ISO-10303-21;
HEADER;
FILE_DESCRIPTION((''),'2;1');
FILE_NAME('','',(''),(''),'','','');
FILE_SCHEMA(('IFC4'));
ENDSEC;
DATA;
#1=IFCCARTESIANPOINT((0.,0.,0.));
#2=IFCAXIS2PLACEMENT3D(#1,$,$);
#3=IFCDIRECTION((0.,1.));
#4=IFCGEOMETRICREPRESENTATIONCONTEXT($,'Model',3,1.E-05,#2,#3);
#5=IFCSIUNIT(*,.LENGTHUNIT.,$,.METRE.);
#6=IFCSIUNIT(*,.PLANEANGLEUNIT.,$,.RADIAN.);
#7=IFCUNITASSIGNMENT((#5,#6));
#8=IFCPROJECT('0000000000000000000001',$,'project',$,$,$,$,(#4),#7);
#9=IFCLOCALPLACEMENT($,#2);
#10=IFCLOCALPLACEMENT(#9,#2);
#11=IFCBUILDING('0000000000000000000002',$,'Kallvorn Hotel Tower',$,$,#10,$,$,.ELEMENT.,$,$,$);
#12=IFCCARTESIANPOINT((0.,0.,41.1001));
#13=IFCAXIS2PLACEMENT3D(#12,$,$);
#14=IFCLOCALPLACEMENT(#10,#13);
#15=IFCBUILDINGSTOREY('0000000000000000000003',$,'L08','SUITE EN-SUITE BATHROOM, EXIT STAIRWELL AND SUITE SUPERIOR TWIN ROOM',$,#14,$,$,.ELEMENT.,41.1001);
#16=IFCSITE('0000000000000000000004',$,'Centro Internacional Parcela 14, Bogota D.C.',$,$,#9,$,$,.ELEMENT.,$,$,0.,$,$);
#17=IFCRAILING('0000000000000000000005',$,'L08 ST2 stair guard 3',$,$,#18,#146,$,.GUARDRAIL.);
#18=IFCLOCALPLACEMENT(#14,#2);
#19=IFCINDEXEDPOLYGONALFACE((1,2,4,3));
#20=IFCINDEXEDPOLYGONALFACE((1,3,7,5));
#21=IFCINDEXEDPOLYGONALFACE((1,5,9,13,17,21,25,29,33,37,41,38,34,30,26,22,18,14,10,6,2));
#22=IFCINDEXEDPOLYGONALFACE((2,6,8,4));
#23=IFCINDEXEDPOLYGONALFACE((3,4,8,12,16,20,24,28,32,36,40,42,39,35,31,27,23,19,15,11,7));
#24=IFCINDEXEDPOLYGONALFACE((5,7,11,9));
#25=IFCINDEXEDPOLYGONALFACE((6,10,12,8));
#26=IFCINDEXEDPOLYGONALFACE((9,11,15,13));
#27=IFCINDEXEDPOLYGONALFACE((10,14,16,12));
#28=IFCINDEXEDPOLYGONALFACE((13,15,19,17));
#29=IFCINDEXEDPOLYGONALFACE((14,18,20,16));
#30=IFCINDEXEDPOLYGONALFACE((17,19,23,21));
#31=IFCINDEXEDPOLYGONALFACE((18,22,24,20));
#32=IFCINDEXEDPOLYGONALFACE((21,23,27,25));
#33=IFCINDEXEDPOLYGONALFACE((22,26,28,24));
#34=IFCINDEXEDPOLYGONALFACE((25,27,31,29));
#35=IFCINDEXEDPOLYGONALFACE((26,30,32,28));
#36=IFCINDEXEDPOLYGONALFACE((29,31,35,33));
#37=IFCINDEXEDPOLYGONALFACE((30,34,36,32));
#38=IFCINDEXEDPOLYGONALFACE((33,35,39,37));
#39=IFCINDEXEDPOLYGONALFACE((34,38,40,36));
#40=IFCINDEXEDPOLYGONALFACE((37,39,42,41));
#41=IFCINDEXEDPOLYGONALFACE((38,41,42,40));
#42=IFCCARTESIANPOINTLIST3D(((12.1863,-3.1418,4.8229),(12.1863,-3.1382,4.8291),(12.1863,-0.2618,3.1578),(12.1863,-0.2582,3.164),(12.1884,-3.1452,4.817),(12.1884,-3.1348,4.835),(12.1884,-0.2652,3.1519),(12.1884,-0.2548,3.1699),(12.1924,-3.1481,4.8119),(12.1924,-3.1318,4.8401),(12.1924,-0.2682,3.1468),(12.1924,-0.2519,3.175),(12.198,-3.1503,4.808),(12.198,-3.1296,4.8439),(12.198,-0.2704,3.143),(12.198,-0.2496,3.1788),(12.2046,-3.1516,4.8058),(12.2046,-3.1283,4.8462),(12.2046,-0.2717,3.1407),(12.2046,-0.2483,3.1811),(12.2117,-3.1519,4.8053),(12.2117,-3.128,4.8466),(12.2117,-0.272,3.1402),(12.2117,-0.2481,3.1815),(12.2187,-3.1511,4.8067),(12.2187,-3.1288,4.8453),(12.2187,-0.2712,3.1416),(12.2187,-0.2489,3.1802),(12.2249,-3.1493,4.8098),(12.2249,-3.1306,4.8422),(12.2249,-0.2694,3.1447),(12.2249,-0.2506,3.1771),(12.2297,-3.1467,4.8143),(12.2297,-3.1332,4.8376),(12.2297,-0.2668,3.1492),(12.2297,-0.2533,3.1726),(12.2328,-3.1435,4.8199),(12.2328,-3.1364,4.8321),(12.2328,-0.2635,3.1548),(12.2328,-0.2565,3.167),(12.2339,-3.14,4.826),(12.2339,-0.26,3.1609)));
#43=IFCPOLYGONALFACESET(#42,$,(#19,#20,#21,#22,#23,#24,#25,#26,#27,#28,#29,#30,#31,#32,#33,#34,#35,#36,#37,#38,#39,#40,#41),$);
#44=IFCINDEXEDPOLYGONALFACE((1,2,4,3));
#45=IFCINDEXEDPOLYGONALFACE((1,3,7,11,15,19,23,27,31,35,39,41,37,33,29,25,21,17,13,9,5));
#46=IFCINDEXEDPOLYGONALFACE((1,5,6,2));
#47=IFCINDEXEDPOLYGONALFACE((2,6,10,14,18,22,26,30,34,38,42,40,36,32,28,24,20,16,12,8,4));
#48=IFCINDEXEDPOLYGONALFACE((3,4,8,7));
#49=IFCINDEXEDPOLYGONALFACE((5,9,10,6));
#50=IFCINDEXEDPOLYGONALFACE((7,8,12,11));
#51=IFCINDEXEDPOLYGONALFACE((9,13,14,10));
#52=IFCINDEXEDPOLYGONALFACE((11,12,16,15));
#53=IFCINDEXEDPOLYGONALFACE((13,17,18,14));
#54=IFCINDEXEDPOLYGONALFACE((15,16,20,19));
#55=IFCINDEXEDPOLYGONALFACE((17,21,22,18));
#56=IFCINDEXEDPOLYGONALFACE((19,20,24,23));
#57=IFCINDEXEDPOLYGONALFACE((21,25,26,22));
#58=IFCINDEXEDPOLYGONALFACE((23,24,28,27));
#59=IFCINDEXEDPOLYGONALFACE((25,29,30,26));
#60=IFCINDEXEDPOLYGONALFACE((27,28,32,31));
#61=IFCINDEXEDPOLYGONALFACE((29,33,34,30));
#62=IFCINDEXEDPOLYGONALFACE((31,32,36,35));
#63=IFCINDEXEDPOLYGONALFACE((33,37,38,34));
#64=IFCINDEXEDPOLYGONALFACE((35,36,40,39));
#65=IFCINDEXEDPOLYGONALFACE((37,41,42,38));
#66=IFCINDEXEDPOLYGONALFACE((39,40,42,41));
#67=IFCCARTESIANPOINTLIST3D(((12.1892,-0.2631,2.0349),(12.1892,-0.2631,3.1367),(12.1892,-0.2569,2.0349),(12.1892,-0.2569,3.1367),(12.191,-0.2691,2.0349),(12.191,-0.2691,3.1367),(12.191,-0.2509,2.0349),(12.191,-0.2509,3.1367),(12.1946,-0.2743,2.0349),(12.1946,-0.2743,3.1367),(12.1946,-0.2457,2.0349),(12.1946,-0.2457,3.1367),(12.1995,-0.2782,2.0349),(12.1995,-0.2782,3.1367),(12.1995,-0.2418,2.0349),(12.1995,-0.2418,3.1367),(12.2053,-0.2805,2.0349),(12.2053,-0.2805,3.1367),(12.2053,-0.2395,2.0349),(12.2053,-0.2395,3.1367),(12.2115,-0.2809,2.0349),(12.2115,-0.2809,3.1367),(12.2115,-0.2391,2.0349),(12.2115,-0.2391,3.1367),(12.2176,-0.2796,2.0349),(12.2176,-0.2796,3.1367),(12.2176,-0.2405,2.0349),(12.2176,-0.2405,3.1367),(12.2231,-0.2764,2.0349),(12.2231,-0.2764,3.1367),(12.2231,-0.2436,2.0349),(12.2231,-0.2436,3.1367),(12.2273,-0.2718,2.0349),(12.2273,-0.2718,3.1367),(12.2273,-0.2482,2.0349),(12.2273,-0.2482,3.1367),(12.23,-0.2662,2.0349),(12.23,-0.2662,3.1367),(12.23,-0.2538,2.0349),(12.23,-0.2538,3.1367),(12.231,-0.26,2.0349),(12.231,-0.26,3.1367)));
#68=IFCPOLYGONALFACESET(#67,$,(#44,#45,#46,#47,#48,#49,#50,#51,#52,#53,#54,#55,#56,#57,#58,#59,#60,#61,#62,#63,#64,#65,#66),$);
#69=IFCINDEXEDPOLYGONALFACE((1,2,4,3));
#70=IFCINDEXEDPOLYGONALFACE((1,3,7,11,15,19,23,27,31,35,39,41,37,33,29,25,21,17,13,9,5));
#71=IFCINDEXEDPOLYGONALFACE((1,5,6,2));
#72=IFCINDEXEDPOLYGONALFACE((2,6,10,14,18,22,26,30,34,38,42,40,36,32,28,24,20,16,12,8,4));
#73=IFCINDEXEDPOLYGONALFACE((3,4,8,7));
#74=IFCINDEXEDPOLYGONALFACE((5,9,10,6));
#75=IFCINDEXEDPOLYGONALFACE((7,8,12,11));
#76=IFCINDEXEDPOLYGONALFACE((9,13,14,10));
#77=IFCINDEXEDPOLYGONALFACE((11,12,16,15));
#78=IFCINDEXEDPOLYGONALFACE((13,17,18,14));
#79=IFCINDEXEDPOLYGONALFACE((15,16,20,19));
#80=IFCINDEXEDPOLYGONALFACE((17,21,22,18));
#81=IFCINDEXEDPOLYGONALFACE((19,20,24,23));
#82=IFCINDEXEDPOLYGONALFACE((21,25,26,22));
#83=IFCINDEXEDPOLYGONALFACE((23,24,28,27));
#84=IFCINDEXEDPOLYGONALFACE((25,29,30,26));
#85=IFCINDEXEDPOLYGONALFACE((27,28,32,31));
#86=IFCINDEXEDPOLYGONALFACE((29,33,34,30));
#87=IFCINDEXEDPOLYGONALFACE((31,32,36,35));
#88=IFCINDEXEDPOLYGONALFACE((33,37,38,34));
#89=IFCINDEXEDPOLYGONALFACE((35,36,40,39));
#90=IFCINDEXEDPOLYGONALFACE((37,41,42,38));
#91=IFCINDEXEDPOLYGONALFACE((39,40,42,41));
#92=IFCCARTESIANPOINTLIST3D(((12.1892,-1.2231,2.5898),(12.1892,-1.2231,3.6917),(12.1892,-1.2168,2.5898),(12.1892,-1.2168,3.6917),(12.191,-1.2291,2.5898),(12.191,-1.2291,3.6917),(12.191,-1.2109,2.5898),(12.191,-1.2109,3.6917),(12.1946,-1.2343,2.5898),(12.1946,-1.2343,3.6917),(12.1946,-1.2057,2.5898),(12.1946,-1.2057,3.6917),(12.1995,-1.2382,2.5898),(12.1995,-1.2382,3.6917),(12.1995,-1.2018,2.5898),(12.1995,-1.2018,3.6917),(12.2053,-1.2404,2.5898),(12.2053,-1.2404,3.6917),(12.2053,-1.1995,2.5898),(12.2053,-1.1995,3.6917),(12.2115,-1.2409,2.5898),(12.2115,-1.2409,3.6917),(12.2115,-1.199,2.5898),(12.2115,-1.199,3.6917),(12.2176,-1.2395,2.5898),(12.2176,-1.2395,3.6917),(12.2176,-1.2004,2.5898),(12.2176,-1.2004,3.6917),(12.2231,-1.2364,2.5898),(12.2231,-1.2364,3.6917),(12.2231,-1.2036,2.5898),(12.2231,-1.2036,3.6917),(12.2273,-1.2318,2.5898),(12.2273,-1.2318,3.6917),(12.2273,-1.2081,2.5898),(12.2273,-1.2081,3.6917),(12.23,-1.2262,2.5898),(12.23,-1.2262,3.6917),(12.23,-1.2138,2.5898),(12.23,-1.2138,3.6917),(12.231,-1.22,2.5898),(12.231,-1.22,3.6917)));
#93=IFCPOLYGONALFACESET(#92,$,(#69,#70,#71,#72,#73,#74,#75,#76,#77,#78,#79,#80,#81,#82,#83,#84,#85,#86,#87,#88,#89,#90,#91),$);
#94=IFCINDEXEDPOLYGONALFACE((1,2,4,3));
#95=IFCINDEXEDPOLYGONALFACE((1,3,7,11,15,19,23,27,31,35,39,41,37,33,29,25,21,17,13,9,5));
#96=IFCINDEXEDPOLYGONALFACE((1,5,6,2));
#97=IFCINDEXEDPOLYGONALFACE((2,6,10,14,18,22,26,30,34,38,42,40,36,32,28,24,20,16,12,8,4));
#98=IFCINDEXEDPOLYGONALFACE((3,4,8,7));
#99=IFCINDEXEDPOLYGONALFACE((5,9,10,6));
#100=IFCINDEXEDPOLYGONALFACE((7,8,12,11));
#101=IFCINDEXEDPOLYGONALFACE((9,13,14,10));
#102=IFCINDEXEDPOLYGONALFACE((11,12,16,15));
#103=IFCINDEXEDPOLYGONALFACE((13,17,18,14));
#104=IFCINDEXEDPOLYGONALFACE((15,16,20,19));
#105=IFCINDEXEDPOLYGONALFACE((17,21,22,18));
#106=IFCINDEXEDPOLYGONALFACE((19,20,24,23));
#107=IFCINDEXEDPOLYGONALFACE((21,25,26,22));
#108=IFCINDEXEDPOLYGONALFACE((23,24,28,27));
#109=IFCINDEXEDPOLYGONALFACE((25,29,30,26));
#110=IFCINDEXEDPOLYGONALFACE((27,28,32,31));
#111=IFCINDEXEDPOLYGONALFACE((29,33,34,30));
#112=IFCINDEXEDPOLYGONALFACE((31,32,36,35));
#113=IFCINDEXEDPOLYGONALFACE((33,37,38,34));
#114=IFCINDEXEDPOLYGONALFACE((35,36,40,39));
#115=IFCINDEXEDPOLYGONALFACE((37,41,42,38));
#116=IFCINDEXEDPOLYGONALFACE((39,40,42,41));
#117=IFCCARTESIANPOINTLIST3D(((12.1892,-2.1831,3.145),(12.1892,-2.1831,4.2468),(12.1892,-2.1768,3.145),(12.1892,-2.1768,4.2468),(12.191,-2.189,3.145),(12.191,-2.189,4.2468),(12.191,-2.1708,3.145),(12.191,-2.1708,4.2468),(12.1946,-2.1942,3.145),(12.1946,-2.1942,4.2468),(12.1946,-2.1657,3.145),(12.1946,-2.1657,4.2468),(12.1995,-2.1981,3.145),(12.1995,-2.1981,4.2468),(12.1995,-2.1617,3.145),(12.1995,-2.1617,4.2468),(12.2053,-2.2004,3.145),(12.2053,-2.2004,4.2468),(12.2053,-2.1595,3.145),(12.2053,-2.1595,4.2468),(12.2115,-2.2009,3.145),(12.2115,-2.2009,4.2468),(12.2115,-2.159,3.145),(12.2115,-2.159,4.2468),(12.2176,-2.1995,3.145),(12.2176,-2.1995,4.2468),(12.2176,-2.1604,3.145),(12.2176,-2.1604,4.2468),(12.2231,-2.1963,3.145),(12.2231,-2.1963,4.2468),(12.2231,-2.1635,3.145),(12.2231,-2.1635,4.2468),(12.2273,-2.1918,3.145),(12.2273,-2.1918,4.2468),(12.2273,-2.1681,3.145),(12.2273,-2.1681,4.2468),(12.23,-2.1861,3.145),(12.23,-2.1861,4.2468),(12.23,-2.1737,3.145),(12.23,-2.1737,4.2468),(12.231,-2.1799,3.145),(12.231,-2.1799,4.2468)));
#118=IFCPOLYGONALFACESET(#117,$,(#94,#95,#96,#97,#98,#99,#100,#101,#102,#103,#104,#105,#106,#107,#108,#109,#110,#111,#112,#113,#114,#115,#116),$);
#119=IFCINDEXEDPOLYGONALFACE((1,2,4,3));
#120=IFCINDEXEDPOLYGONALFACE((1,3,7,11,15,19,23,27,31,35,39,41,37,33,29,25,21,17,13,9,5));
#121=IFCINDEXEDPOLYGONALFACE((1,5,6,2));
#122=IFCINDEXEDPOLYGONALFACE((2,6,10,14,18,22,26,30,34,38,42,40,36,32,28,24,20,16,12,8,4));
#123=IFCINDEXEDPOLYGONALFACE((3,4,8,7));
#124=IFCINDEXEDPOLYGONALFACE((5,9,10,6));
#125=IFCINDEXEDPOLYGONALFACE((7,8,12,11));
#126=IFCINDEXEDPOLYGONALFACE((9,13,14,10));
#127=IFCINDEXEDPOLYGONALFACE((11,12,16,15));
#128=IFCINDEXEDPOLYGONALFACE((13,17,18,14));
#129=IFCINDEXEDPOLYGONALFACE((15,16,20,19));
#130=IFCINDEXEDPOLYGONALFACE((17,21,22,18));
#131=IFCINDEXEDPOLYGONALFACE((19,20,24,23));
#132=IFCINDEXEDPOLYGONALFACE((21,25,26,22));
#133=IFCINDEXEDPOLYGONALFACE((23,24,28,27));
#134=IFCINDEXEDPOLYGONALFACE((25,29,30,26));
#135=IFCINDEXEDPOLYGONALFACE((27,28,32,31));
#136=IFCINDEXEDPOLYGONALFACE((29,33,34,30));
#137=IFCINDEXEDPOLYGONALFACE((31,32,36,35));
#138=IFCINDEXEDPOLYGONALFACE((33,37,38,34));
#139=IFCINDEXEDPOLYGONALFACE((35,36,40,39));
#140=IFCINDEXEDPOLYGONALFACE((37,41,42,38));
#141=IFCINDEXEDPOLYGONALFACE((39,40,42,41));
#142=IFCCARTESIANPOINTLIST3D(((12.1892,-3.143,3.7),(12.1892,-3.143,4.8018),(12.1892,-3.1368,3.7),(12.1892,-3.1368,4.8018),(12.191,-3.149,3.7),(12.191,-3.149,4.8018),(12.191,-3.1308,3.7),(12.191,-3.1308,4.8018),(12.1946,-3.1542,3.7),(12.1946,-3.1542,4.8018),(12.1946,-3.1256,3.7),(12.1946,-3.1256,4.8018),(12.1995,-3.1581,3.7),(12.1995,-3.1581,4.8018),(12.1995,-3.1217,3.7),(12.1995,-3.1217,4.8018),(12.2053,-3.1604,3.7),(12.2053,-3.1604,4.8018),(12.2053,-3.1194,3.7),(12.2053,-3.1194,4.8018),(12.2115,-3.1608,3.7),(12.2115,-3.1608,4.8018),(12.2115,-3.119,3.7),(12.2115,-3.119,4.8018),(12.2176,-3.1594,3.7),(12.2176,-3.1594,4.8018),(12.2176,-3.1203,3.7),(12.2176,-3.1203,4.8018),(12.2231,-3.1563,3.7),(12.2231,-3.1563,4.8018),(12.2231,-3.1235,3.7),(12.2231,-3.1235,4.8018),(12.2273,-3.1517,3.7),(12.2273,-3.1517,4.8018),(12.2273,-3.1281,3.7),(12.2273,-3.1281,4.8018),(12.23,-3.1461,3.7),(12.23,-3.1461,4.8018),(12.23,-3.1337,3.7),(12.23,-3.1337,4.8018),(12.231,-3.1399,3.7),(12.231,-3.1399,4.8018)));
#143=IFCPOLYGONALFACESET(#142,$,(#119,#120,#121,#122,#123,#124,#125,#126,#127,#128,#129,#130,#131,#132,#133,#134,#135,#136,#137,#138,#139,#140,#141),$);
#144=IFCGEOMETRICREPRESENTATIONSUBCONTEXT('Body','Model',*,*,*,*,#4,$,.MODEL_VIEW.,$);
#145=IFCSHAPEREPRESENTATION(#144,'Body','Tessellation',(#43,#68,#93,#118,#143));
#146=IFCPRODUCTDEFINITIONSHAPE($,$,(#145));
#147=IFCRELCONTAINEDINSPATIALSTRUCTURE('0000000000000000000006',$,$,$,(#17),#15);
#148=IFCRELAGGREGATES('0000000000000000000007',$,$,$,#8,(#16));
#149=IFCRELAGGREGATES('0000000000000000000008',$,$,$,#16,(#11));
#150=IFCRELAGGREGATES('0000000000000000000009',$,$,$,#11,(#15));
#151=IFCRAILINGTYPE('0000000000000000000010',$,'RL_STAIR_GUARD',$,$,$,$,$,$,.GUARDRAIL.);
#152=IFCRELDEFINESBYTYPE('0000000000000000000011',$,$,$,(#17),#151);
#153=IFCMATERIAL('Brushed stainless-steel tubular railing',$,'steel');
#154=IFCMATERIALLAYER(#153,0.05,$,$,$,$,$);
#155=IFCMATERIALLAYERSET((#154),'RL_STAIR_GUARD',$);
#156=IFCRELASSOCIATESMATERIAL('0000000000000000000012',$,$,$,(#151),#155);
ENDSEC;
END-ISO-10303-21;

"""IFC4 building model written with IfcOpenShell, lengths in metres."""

from ifc_helpers import new_model, si_unit, direction, frame, origin, origin_2d, place, context, subcontext, project, spatial, circle, extrude, material, layer, layer_set, type_object, element, save


model = new_model("IFC4")

# Units and contexts
model_context = context("Model", 3, precision=1e-05, world=origin(), true_north=direction((0.0, 1.0)))
body_context = subcontext(model_context, "Body", "Model", "MODEL_VIEW")
ifc_project = project(units=[si_unit("LENGTHUNIT", "METRE"), si_unit("PLANEANGLEUNIT", "RADIAN")], contexts=[model_context])

# Site, building, storey
site_placement = place(None, origin())
site = spatial("IfcSite", under=ifc_project, at=site_placement, Name="Centro Internacional Parcela 14, Bogota D.C.", CompositionType="ELEMENT", RefElevation=0.0)
building_placement = place(site_placement, origin())
building = spatial("IfcBuilding", under=site, at=building_placement, Name="Kallvorn Hotel Tower", CompositionType="ELEMENT")
storey_placement = place(building_placement, frame((0.0, 0.0, 41.1001)))
storey = spatial("IfcBuildingStorey", under=building, at=storey_placement, Name="L08", Description="SUITE EN-SUITE BATHROOM, EXIT STAIRWELL AND SUITE SUPERIOR TWIN ROOM", CompositionType="ELEMENT", Elevation=41.1001)

# Railing
ifc_material_1 = material(Name="Brushed stainless-steel tubular railing", Category="steel")
ifc_layer_1 = layer(ifc_material_1, 0.05)
ifc_layer_set_1 = layer_set([ifc_layer_1], Name="RL_STAIR_GUARD")
railing_type_1 = type_object("IfcRailingType", Name="RL_STAIR_GUARD", PredefinedType="GUARDRAIL", material=ifc_layer_set_1)
railing_1_placement = place(storey_placement, frame((12.21, -0.26, 2.0349)))
element("IfcRailing", 1, at=railing_1_placement, inside=storey, type_object=railing_type_1, Name="L08 ST2 stair guard 3", PredefinedType="GUARDRAIL", context=body_context, shape_type="SweptSolid", body=[
    extrude(circle(Radius=0.0239, at=origin_2d()), frame((0.0, 0.0, 1.126), z_axis=(0.0, -0.865721, 0.500527), x_axis=(1.0, 0.0, 0.0)), (0.0, 0.0, 1.0), 3.3267),
    extrude(circle(Radius=0.021, at=origin_2d()), origin(), (0.0, 0.0, 1.0), 1.1018),
    extrude(circle(Radius=0.021, at=origin_2d()), frame((0.0, -0.96, 0.5549)), (0.0, 0.0, 1.0), 1.1018),
    extrude(circle(Radius=0.021, at=origin_2d()), frame((0.0, -1.9199, 1.1101)), (0.0, 0.0, 1.0), 1.1018),
    extrude(circle(Radius=0.021, at=origin_2d()), frame((0.0, -2.8799, 1.665)), (0.0, 0.0, 1.0), 1.1018),
])

save(model, "model.ifc")
